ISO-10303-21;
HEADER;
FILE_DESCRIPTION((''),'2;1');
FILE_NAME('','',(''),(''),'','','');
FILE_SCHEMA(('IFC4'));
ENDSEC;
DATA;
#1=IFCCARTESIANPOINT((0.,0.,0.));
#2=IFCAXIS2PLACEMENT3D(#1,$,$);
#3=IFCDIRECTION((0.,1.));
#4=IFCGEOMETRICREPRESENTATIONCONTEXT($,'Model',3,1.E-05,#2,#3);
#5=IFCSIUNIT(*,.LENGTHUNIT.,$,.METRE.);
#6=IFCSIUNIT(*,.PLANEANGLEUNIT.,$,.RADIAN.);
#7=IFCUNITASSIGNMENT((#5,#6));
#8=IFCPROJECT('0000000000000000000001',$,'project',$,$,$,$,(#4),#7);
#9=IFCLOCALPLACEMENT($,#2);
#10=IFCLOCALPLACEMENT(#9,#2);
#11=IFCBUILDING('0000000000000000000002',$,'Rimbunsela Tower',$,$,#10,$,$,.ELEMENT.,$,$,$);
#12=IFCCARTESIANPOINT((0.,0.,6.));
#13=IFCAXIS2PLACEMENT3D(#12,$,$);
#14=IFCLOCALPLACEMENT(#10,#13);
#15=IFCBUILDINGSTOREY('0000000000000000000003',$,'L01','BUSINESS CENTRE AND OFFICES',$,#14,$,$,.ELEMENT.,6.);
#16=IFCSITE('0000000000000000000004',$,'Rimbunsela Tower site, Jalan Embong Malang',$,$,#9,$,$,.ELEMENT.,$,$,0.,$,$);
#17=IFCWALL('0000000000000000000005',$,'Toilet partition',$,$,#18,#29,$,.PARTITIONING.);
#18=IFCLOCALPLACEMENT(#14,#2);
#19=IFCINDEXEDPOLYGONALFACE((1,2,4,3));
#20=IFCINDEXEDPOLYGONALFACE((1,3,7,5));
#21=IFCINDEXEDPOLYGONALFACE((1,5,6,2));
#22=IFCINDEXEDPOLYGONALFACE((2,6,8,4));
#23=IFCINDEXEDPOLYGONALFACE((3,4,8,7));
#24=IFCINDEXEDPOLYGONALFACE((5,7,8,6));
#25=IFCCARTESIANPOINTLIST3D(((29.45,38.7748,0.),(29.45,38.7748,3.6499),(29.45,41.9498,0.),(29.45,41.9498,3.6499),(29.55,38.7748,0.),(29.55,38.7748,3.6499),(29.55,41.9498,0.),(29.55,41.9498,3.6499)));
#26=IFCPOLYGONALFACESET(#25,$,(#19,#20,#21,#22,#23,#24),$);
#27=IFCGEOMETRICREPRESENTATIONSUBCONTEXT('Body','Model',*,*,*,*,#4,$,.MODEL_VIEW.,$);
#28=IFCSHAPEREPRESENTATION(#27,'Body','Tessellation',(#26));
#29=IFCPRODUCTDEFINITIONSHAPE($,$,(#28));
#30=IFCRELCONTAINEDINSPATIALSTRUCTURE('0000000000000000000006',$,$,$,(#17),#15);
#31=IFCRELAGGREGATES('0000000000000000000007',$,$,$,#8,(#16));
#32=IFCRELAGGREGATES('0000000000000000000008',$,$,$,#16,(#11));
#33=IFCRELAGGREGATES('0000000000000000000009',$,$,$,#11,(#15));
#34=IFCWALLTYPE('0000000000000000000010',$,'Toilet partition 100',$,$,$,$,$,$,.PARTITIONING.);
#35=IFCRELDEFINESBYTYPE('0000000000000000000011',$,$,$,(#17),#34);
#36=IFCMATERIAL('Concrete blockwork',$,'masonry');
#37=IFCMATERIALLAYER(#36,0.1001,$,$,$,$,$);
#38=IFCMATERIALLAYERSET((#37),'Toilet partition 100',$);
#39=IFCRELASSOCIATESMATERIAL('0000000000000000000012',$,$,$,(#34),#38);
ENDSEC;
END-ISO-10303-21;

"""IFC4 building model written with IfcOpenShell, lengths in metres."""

from ifc_helpers import new_model, si_unit, direction, frame, frame_2d, origin, place, context, subcontext, project, spatial, rectangle, extrude, material, layer, layer_set, type_object, element, save


model = new_model("IFC4")

# Units and contexts
model_context = context("Model", 3, precision=1e-05, world=origin(), true_north=direction((0.0, 1.0)))
body_context = subcontext(model_context, "Body", "Model", "MODEL_VIEW")
ifc_project = project(units=[si_unit("LENGTHUNIT", "METRE"), si_unit("PLANEANGLEUNIT", "RADIAN")], contexts=[model_context])

# Site, building, storey
site_placement = place(None, origin())
site = spatial("IfcSite", under=ifc_project, at=site_placement, Name="Rimbunsela Tower site, Jalan Embong Malang", CompositionType="ELEMENT", RefElevation=0.0)
building_placement = place(site_placement, origin())
building = spatial("IfcBuilding", under=site, at=building_placement, Name="Rimbunsela Tower", CompositionType="ELEMENT")
storey_placement = place(building_placement, frame((0.0, 0.0, 6.0)))
storey = spatial("IfcBuildingStorey", under=building, at=storey_placement, Name="L01", Description="BUSINESS CENTRE AND OFFICES", CompositionType="ELEMENT", Elevation=6.0)

# Wall
ifc_material_1 = material(Name="Concrete blockwork", Category="masonry")
ifc_layer_1 = layer(ifc_material_1, 0.1001)
ifc_layer_set_1 = layer_set([ifc_layer_1], Name="Toilet partition 100")
wall_type_1 = type_object("IfcWallType", Name="Toilet partition 100", PredefinedType="PARTITIONING", material=ifc_layer_set_1)
for number, where, z_axis, x_axis, name in (
    (1, (29.5, 38.7749, 0.0), (0.0, 0.0, 1.0), (0.0, 1.0, 0.0), "Toilet partition"),
):
    element("IfcWall", number, at=place(storey_placement, frame(where, z_axis=z_axis, x_axis=x_axis)), inside=storey, type_object=wall_type_1, Name=name, PredefinedType="PARTITIONING", context=body_context, shape_type="SweptSolid", body=[
        extrude(rectangle(XDim=3.175, YDim=0.1001, at=frame_2d((1.5874, 0.0))), origin(), (0.0, 0.0, 1.0), 3.6499),
    ])

save(model, "model.ifc")
